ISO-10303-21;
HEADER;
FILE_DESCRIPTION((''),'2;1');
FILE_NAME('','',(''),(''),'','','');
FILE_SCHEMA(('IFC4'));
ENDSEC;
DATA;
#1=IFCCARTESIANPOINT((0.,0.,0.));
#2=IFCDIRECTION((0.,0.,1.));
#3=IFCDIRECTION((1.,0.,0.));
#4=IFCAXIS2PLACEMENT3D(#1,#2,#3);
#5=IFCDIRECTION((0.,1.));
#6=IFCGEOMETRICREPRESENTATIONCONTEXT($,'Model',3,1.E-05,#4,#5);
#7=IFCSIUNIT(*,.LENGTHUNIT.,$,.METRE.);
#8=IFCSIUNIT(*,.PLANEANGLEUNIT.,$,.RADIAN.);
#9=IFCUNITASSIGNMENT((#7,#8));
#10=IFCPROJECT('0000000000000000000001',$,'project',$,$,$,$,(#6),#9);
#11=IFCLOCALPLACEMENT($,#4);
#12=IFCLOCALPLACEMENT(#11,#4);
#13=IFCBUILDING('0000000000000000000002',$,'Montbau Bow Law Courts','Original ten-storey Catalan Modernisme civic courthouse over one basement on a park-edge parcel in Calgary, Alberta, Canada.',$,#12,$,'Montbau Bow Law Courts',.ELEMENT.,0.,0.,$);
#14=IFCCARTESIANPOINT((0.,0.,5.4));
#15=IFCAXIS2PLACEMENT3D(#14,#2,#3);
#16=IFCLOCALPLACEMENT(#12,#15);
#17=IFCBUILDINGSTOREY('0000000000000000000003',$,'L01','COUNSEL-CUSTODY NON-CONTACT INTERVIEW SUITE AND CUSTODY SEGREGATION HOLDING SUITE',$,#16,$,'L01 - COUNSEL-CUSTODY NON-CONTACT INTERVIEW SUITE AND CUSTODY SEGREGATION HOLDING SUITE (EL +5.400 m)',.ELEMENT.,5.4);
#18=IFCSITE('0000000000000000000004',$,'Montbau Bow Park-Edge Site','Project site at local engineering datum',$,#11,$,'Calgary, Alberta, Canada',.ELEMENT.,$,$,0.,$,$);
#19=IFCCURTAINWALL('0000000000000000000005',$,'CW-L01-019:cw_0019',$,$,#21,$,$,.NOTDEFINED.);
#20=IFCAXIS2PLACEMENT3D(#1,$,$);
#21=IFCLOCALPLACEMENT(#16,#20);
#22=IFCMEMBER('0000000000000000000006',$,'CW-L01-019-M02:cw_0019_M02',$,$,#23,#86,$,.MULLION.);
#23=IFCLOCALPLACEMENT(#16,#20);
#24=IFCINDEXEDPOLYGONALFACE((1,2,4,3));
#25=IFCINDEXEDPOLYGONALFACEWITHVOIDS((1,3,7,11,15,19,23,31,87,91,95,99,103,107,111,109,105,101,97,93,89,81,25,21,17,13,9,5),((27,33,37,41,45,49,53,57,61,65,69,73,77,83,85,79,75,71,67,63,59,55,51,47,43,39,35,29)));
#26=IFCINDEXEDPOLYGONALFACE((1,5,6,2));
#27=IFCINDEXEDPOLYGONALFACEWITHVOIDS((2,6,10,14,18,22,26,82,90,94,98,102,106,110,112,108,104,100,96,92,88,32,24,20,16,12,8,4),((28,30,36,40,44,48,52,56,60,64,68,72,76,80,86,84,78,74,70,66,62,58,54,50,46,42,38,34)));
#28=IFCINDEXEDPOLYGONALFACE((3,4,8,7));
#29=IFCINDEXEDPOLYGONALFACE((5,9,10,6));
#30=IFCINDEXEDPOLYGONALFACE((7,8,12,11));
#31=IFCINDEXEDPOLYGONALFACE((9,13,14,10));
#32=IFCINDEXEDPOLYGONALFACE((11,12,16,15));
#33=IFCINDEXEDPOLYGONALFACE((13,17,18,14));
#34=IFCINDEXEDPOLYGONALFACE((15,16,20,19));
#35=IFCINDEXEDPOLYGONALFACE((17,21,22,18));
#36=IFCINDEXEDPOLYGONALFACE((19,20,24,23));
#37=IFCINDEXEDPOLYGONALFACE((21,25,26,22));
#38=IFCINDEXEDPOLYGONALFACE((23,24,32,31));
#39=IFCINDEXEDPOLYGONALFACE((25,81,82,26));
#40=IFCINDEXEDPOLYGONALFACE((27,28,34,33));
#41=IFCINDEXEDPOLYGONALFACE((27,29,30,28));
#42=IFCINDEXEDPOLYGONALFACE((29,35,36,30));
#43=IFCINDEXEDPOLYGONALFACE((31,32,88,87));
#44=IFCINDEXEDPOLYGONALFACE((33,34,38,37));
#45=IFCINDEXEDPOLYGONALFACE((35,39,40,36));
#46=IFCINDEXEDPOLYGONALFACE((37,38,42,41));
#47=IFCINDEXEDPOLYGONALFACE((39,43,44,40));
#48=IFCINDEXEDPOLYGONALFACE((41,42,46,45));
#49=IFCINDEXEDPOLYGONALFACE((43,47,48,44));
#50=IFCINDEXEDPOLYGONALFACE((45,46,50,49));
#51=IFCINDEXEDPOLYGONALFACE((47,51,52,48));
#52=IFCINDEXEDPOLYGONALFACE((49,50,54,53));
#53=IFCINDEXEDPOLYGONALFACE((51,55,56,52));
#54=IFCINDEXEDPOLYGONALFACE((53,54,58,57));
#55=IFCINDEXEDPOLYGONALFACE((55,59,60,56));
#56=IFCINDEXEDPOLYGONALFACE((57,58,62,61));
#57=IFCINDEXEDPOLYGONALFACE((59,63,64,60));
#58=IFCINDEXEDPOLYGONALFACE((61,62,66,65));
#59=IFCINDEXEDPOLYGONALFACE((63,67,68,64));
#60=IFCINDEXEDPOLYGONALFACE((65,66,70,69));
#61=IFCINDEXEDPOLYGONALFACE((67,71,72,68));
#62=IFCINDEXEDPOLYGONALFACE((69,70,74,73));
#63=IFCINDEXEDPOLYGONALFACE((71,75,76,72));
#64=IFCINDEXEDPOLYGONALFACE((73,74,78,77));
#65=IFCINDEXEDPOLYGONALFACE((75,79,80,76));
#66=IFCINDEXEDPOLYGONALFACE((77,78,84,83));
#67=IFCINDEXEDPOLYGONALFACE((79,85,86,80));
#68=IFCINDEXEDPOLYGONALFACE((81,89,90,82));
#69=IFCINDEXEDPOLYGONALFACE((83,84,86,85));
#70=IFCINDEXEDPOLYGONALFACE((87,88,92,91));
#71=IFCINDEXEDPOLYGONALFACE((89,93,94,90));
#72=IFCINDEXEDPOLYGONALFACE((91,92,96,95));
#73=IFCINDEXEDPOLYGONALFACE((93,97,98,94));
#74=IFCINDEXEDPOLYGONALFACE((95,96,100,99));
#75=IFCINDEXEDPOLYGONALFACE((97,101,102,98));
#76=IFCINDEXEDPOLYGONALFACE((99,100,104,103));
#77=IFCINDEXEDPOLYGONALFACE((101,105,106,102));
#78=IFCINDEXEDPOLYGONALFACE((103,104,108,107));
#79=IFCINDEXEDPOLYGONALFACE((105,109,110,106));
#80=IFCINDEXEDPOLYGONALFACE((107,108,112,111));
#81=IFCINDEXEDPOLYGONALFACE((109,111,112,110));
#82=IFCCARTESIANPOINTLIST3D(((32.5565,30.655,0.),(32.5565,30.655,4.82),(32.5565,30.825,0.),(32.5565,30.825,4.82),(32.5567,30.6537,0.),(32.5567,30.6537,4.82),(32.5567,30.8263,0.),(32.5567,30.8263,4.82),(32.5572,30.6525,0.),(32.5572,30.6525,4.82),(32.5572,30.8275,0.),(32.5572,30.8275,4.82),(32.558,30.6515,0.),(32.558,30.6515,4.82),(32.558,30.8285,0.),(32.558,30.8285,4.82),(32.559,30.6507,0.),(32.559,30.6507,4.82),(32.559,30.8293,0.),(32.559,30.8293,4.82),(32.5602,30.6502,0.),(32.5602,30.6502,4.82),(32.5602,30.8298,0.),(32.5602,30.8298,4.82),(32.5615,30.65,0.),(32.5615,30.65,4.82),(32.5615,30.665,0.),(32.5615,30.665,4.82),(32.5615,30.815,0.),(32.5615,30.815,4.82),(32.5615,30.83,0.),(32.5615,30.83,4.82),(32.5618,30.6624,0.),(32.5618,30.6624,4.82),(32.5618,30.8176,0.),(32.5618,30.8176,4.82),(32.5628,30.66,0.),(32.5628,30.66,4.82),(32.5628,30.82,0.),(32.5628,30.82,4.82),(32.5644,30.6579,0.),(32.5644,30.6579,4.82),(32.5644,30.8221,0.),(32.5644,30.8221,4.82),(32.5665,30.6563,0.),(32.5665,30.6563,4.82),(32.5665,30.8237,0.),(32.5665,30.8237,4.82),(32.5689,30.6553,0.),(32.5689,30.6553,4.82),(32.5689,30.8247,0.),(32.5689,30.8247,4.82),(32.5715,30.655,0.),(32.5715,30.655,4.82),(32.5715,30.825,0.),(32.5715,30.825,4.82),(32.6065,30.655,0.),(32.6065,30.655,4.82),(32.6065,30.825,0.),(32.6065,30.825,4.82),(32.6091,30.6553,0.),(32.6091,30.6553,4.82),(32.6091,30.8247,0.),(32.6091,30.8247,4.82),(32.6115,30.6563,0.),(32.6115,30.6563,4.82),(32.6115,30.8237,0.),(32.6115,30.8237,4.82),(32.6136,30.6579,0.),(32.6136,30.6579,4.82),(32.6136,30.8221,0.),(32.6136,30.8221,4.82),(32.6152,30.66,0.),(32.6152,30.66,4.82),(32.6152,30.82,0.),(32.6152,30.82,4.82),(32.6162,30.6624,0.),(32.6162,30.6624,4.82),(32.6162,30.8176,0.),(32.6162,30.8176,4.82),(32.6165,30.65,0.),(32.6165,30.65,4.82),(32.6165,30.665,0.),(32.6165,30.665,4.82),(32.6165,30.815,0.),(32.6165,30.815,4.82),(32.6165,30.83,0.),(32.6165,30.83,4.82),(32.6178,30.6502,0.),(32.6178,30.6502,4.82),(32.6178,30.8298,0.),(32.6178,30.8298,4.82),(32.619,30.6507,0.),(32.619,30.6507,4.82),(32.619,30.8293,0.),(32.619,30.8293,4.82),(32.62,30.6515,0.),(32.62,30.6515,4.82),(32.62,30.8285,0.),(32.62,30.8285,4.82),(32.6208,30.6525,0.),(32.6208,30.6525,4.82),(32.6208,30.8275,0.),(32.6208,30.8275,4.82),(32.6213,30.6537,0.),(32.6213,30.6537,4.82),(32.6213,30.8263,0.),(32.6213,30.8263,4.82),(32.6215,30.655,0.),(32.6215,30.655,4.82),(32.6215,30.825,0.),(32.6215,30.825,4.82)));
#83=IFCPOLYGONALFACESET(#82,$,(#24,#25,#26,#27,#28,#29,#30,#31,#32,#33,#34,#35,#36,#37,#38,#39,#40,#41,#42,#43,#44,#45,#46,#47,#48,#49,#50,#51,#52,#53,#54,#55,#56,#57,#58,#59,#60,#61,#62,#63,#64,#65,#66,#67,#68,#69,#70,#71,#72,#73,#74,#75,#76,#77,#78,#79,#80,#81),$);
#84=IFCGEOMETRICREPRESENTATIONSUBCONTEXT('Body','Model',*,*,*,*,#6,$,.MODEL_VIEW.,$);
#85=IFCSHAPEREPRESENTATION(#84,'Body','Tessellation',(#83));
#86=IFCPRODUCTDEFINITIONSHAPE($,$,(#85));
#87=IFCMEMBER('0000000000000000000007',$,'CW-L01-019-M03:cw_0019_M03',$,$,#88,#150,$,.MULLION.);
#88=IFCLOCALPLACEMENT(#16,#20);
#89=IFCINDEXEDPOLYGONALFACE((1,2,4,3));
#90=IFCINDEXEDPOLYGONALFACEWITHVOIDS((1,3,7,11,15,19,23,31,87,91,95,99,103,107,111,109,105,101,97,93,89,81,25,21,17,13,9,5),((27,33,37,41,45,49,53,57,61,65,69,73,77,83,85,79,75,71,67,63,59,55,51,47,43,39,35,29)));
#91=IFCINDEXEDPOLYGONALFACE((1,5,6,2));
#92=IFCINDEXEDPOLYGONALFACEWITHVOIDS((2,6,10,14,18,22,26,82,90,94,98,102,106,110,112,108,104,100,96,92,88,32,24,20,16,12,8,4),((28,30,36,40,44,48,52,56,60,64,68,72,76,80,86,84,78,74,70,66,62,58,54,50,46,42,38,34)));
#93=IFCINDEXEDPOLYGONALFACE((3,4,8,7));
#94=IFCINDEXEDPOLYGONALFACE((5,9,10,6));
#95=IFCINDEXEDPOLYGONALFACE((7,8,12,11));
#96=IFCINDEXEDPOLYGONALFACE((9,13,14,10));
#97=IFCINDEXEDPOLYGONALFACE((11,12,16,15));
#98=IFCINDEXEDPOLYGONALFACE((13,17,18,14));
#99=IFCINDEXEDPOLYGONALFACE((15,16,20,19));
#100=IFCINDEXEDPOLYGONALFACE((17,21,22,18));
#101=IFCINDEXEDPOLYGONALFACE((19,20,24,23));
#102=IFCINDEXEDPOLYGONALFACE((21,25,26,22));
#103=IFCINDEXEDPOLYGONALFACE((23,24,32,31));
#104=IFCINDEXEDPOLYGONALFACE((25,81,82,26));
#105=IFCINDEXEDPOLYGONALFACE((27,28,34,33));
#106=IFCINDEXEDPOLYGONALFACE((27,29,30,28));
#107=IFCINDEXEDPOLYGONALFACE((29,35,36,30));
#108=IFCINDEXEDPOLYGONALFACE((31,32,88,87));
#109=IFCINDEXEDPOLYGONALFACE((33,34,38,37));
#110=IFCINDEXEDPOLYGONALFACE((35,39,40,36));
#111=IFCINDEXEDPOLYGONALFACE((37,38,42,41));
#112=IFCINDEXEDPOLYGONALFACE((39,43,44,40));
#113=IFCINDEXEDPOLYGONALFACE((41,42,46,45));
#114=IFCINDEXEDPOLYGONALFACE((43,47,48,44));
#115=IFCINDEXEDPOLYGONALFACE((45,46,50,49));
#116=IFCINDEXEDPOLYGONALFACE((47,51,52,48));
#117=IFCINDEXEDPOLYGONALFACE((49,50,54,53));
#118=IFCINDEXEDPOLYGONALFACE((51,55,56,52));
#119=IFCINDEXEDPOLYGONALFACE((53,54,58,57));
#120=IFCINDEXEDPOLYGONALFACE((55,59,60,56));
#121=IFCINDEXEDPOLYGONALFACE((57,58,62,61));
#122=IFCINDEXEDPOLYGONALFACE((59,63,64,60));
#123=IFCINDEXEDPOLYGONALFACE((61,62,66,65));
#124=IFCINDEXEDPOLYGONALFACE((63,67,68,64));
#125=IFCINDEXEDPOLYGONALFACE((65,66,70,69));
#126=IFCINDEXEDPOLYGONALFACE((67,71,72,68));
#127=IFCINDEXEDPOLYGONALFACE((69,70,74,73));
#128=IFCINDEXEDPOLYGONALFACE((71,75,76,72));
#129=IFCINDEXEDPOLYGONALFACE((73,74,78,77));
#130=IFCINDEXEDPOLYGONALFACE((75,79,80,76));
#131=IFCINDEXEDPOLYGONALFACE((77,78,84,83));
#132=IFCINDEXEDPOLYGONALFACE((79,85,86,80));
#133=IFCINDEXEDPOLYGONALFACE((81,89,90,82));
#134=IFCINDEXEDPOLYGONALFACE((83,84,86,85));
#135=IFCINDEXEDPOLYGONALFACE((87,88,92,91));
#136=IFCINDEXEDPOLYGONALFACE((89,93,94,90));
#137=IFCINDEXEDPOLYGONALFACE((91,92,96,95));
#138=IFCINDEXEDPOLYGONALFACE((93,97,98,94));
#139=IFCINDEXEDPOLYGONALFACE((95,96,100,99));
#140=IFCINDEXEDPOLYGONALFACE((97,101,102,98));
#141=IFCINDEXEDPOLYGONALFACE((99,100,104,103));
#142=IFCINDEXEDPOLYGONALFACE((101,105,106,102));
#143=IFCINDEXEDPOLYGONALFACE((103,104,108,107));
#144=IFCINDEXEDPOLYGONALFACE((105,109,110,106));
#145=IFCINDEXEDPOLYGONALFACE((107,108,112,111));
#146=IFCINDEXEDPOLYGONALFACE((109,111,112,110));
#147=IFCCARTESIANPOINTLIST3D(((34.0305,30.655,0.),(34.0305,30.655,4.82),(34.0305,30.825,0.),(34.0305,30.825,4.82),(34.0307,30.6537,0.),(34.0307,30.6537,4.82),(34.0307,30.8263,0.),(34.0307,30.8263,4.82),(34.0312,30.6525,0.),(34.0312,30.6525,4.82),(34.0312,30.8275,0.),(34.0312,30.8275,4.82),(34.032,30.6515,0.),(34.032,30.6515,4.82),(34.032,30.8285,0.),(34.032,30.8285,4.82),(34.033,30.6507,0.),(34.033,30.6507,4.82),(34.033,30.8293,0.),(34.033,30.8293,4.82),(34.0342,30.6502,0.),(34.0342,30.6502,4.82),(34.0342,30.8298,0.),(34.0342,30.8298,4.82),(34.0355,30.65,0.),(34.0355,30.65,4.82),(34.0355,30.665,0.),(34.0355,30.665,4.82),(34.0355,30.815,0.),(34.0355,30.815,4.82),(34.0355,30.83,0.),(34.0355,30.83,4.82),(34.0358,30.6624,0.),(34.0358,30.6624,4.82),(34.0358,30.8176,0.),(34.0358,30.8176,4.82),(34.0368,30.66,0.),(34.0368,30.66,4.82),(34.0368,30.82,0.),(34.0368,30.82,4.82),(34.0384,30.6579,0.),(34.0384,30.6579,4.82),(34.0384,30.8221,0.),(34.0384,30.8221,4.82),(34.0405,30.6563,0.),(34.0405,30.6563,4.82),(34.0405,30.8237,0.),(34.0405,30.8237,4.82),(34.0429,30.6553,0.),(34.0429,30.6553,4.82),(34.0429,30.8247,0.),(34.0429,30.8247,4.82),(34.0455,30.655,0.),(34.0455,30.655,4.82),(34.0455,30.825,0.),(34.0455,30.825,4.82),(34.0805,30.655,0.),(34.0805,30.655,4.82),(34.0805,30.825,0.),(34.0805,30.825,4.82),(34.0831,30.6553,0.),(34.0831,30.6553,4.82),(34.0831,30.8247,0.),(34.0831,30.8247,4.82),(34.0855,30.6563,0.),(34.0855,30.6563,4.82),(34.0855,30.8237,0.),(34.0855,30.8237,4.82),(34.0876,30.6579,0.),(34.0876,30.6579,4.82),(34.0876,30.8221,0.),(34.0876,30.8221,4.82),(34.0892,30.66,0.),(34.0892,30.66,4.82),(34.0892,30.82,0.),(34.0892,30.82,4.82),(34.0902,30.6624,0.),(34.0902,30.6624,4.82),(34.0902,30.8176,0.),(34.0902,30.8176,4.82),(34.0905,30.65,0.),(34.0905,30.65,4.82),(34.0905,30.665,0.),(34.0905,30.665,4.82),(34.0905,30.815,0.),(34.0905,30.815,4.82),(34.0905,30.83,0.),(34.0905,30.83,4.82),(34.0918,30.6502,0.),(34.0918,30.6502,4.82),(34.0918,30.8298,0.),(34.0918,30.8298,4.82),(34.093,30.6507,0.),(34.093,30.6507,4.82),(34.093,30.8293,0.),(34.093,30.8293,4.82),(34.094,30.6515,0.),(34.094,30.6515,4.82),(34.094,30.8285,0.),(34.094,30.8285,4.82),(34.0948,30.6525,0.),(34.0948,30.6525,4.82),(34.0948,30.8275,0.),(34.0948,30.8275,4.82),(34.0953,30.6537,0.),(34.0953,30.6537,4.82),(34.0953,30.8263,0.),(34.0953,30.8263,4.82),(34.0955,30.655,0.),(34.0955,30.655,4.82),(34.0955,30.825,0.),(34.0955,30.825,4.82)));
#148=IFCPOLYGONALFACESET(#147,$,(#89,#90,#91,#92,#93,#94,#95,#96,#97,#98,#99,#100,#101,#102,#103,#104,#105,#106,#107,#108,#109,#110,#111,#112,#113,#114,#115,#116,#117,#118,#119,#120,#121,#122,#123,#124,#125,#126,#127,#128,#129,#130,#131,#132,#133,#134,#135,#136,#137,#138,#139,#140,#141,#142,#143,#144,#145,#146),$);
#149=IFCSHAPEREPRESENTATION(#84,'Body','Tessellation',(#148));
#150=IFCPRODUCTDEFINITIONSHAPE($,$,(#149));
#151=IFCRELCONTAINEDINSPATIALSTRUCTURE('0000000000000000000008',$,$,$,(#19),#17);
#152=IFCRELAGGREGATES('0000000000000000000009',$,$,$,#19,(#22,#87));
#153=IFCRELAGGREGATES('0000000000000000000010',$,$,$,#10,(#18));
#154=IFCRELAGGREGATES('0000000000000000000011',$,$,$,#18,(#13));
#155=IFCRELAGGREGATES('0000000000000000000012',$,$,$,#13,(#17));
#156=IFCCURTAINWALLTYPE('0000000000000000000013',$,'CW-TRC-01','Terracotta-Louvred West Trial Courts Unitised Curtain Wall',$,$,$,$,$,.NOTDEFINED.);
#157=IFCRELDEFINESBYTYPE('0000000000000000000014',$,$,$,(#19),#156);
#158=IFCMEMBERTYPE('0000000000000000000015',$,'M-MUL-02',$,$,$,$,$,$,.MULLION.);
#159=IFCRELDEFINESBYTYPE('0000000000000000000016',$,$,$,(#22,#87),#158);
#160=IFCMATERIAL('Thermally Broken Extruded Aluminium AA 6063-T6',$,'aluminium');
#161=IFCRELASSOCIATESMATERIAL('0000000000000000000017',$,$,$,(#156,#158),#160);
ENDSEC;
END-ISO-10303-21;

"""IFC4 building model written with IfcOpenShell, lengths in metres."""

from ifc_helpers import new_model, si_unit, direction, frame, origin_with_axes, origin_2d_with_axis, place, context, subcontext, project, spatial, hollow_rectangle, extrude, material, material_profile, profile_set, type_object, element, aggregate, save


model = new_model("IFC4")

# Units and contexts
model_context = context("Model", 3, precision=1e-05, world=origin_with_axes(), true_north=direction((0.0, 1.0)))
body_context = subcontext(model_context, "Body", "Model", "MODEL_VIEW")
ifc_project = project(units=[si_unit("LENGTHUNIT", "METRE"), si_unit("PLANEANGLEUNIT", "RADIAN")], contexts=[model_context])

# Site, building, storey
site_placement = place(None, origin_with_axes())
site = spatial("IfcSite", under=ifc_project, at=site_placement, Name="Montbau Bow Park-Edge Site", Description="Project site at local engineering datum", LongName="Calgary, Alberta, Canada", CompositionType="ELEMENT", RefElevation=0.0)
building_placement = place(site_placement, origin_with_axes())
building = spatial("IfcBuilding", under=site, at=building_placement, Name="Montbau Bow Law Courts", Description="Original ten-storey Catalan Modernisme civic courthouse over one basement on a park-edge parcel in Calgary, Alberta, Canada.", LongName="Montbau Bow Law Courts", CompositionType="ELEMENT", ElevationOfRefHeight=0.0, ElevationOfTerrain=0.0)
storey_placement = place(building_placement, frame((0.0, 0.0, 5.4), z_axis=(0.0, 0.0, 1.0), x_axis=(1.0, 0.0, 0.0)))
storey = spatial("IfcBuildingStorey", under=building, at=storey_placement, Name="L01", Description="COUNSEL-CUSTODY NON-CONTACT INTERVIEW SUITE AND CUSTODY SEGREGATION HOLDING SUITE", LongName="L01 - COUNSEL-CUSTODY NON-CONTACT INTERVIEW SUITE AND CUSTODY SEGREGATION HOLDING SUITE (EL +5.400 m)", CompositionType="ELEMENT", Elevation=5.4)

# Curtain wall, members
ifc_material_1 = material(Name="Thermally Broken Extruded Aluminium AA 6063-T6", Category="aluminium")
curtain_wall_type = type_object("IfcCurtainWallType", Name="CW-TRC-01", Description="Terracotta-Louvred West Trial Courts Unitised Curtain Wall", PredefinedType="NOTDEFINED", material=ifc_material_1)
curtain_wall_1_placement = place(None, frame((31.115, 30.74, 5.4), z_axis=(0.0, 0.0, 1.0), x_axis=(1.0, 0.0, 0.0)))
curtain_wall_1 = element("IfcCurtainWall", 1, at=curtain_wall_1_placement, inside=storey, type_object=curtain_wall_type, Name="CW-L01-019:cw_0019", PredefinedType="NOTDEFINED")
ifc_material_profile_1 = material_profile(ifc_material_1, hollow_rectangle(XDim=0.065, YDim=0.18, WallThickness=0.005, InnerFilletRadius=0.01, OuterFilletRadius=0.005, at=origin_2d_with_axis()), Name="CWM-180X65", Category="Main", Priority=0)
ifc_profile_set_1 = profile_set([ifc_material_profile_1], Name="Thermally Broken Extruded Aluminium AA 6063-T6")
member_type_1 = type_object("IfcMemberType", Name="M-MUL-02", PredefinedType="MULLION", material=ifc_profile_set_1)
member_1_placement = place(None, frame((32.589, 30.74, 5.4), z_axis=(0.0, 0.0, 1.0), x_axis=(1.0, 0.0, 0.0)))
member_1 = element("IfcMember", 2, at=member_1_placement, type_object=member_type_1, Name="CW-L01-019-M02:cw_0019_M02", PredefinedType="MULLION", context=body_context, shape_type="SweptSolid", body=[
    extrude(hollow_rectangle(XDim=0.065, YDim=0.18, WallThickness=0.005, InnerFilletRadius=0.01, OuterFilletRadius=0.005, at=origin_2d_with_axis()), origin_with_axes(), (0.0, 0.0, 1.0), 4.82),
])
member_2_placement = place(None, frame((34.063, 30.74, 5.4), z_axis=(0.0, 0.0, 1.0), x_axis=(1.0, 0.0, 0.0)))
member_2 = element("IfcMember", 3, at=member_2_placement, type_object=member_type_1, Name="CW-L01-019-M03:cw_0019_M03", PredefinedType="MULLION", context=body_context, shape_type="SweptSolid", body=[
    extrude(hollow_rectangle(XDim=0.065, YDim=0.18, WallThickness=0.005, InnerFilletRadius=0.01, OuterFilletRadius=0.005, at=origin_2d_with_axis()), origin_with_axes(), (0.0, 0.0, 1.0), 4.82),
])

aggregate(curtain_wall_1, [member_1, member_2])

save(model, "model.ifc")
